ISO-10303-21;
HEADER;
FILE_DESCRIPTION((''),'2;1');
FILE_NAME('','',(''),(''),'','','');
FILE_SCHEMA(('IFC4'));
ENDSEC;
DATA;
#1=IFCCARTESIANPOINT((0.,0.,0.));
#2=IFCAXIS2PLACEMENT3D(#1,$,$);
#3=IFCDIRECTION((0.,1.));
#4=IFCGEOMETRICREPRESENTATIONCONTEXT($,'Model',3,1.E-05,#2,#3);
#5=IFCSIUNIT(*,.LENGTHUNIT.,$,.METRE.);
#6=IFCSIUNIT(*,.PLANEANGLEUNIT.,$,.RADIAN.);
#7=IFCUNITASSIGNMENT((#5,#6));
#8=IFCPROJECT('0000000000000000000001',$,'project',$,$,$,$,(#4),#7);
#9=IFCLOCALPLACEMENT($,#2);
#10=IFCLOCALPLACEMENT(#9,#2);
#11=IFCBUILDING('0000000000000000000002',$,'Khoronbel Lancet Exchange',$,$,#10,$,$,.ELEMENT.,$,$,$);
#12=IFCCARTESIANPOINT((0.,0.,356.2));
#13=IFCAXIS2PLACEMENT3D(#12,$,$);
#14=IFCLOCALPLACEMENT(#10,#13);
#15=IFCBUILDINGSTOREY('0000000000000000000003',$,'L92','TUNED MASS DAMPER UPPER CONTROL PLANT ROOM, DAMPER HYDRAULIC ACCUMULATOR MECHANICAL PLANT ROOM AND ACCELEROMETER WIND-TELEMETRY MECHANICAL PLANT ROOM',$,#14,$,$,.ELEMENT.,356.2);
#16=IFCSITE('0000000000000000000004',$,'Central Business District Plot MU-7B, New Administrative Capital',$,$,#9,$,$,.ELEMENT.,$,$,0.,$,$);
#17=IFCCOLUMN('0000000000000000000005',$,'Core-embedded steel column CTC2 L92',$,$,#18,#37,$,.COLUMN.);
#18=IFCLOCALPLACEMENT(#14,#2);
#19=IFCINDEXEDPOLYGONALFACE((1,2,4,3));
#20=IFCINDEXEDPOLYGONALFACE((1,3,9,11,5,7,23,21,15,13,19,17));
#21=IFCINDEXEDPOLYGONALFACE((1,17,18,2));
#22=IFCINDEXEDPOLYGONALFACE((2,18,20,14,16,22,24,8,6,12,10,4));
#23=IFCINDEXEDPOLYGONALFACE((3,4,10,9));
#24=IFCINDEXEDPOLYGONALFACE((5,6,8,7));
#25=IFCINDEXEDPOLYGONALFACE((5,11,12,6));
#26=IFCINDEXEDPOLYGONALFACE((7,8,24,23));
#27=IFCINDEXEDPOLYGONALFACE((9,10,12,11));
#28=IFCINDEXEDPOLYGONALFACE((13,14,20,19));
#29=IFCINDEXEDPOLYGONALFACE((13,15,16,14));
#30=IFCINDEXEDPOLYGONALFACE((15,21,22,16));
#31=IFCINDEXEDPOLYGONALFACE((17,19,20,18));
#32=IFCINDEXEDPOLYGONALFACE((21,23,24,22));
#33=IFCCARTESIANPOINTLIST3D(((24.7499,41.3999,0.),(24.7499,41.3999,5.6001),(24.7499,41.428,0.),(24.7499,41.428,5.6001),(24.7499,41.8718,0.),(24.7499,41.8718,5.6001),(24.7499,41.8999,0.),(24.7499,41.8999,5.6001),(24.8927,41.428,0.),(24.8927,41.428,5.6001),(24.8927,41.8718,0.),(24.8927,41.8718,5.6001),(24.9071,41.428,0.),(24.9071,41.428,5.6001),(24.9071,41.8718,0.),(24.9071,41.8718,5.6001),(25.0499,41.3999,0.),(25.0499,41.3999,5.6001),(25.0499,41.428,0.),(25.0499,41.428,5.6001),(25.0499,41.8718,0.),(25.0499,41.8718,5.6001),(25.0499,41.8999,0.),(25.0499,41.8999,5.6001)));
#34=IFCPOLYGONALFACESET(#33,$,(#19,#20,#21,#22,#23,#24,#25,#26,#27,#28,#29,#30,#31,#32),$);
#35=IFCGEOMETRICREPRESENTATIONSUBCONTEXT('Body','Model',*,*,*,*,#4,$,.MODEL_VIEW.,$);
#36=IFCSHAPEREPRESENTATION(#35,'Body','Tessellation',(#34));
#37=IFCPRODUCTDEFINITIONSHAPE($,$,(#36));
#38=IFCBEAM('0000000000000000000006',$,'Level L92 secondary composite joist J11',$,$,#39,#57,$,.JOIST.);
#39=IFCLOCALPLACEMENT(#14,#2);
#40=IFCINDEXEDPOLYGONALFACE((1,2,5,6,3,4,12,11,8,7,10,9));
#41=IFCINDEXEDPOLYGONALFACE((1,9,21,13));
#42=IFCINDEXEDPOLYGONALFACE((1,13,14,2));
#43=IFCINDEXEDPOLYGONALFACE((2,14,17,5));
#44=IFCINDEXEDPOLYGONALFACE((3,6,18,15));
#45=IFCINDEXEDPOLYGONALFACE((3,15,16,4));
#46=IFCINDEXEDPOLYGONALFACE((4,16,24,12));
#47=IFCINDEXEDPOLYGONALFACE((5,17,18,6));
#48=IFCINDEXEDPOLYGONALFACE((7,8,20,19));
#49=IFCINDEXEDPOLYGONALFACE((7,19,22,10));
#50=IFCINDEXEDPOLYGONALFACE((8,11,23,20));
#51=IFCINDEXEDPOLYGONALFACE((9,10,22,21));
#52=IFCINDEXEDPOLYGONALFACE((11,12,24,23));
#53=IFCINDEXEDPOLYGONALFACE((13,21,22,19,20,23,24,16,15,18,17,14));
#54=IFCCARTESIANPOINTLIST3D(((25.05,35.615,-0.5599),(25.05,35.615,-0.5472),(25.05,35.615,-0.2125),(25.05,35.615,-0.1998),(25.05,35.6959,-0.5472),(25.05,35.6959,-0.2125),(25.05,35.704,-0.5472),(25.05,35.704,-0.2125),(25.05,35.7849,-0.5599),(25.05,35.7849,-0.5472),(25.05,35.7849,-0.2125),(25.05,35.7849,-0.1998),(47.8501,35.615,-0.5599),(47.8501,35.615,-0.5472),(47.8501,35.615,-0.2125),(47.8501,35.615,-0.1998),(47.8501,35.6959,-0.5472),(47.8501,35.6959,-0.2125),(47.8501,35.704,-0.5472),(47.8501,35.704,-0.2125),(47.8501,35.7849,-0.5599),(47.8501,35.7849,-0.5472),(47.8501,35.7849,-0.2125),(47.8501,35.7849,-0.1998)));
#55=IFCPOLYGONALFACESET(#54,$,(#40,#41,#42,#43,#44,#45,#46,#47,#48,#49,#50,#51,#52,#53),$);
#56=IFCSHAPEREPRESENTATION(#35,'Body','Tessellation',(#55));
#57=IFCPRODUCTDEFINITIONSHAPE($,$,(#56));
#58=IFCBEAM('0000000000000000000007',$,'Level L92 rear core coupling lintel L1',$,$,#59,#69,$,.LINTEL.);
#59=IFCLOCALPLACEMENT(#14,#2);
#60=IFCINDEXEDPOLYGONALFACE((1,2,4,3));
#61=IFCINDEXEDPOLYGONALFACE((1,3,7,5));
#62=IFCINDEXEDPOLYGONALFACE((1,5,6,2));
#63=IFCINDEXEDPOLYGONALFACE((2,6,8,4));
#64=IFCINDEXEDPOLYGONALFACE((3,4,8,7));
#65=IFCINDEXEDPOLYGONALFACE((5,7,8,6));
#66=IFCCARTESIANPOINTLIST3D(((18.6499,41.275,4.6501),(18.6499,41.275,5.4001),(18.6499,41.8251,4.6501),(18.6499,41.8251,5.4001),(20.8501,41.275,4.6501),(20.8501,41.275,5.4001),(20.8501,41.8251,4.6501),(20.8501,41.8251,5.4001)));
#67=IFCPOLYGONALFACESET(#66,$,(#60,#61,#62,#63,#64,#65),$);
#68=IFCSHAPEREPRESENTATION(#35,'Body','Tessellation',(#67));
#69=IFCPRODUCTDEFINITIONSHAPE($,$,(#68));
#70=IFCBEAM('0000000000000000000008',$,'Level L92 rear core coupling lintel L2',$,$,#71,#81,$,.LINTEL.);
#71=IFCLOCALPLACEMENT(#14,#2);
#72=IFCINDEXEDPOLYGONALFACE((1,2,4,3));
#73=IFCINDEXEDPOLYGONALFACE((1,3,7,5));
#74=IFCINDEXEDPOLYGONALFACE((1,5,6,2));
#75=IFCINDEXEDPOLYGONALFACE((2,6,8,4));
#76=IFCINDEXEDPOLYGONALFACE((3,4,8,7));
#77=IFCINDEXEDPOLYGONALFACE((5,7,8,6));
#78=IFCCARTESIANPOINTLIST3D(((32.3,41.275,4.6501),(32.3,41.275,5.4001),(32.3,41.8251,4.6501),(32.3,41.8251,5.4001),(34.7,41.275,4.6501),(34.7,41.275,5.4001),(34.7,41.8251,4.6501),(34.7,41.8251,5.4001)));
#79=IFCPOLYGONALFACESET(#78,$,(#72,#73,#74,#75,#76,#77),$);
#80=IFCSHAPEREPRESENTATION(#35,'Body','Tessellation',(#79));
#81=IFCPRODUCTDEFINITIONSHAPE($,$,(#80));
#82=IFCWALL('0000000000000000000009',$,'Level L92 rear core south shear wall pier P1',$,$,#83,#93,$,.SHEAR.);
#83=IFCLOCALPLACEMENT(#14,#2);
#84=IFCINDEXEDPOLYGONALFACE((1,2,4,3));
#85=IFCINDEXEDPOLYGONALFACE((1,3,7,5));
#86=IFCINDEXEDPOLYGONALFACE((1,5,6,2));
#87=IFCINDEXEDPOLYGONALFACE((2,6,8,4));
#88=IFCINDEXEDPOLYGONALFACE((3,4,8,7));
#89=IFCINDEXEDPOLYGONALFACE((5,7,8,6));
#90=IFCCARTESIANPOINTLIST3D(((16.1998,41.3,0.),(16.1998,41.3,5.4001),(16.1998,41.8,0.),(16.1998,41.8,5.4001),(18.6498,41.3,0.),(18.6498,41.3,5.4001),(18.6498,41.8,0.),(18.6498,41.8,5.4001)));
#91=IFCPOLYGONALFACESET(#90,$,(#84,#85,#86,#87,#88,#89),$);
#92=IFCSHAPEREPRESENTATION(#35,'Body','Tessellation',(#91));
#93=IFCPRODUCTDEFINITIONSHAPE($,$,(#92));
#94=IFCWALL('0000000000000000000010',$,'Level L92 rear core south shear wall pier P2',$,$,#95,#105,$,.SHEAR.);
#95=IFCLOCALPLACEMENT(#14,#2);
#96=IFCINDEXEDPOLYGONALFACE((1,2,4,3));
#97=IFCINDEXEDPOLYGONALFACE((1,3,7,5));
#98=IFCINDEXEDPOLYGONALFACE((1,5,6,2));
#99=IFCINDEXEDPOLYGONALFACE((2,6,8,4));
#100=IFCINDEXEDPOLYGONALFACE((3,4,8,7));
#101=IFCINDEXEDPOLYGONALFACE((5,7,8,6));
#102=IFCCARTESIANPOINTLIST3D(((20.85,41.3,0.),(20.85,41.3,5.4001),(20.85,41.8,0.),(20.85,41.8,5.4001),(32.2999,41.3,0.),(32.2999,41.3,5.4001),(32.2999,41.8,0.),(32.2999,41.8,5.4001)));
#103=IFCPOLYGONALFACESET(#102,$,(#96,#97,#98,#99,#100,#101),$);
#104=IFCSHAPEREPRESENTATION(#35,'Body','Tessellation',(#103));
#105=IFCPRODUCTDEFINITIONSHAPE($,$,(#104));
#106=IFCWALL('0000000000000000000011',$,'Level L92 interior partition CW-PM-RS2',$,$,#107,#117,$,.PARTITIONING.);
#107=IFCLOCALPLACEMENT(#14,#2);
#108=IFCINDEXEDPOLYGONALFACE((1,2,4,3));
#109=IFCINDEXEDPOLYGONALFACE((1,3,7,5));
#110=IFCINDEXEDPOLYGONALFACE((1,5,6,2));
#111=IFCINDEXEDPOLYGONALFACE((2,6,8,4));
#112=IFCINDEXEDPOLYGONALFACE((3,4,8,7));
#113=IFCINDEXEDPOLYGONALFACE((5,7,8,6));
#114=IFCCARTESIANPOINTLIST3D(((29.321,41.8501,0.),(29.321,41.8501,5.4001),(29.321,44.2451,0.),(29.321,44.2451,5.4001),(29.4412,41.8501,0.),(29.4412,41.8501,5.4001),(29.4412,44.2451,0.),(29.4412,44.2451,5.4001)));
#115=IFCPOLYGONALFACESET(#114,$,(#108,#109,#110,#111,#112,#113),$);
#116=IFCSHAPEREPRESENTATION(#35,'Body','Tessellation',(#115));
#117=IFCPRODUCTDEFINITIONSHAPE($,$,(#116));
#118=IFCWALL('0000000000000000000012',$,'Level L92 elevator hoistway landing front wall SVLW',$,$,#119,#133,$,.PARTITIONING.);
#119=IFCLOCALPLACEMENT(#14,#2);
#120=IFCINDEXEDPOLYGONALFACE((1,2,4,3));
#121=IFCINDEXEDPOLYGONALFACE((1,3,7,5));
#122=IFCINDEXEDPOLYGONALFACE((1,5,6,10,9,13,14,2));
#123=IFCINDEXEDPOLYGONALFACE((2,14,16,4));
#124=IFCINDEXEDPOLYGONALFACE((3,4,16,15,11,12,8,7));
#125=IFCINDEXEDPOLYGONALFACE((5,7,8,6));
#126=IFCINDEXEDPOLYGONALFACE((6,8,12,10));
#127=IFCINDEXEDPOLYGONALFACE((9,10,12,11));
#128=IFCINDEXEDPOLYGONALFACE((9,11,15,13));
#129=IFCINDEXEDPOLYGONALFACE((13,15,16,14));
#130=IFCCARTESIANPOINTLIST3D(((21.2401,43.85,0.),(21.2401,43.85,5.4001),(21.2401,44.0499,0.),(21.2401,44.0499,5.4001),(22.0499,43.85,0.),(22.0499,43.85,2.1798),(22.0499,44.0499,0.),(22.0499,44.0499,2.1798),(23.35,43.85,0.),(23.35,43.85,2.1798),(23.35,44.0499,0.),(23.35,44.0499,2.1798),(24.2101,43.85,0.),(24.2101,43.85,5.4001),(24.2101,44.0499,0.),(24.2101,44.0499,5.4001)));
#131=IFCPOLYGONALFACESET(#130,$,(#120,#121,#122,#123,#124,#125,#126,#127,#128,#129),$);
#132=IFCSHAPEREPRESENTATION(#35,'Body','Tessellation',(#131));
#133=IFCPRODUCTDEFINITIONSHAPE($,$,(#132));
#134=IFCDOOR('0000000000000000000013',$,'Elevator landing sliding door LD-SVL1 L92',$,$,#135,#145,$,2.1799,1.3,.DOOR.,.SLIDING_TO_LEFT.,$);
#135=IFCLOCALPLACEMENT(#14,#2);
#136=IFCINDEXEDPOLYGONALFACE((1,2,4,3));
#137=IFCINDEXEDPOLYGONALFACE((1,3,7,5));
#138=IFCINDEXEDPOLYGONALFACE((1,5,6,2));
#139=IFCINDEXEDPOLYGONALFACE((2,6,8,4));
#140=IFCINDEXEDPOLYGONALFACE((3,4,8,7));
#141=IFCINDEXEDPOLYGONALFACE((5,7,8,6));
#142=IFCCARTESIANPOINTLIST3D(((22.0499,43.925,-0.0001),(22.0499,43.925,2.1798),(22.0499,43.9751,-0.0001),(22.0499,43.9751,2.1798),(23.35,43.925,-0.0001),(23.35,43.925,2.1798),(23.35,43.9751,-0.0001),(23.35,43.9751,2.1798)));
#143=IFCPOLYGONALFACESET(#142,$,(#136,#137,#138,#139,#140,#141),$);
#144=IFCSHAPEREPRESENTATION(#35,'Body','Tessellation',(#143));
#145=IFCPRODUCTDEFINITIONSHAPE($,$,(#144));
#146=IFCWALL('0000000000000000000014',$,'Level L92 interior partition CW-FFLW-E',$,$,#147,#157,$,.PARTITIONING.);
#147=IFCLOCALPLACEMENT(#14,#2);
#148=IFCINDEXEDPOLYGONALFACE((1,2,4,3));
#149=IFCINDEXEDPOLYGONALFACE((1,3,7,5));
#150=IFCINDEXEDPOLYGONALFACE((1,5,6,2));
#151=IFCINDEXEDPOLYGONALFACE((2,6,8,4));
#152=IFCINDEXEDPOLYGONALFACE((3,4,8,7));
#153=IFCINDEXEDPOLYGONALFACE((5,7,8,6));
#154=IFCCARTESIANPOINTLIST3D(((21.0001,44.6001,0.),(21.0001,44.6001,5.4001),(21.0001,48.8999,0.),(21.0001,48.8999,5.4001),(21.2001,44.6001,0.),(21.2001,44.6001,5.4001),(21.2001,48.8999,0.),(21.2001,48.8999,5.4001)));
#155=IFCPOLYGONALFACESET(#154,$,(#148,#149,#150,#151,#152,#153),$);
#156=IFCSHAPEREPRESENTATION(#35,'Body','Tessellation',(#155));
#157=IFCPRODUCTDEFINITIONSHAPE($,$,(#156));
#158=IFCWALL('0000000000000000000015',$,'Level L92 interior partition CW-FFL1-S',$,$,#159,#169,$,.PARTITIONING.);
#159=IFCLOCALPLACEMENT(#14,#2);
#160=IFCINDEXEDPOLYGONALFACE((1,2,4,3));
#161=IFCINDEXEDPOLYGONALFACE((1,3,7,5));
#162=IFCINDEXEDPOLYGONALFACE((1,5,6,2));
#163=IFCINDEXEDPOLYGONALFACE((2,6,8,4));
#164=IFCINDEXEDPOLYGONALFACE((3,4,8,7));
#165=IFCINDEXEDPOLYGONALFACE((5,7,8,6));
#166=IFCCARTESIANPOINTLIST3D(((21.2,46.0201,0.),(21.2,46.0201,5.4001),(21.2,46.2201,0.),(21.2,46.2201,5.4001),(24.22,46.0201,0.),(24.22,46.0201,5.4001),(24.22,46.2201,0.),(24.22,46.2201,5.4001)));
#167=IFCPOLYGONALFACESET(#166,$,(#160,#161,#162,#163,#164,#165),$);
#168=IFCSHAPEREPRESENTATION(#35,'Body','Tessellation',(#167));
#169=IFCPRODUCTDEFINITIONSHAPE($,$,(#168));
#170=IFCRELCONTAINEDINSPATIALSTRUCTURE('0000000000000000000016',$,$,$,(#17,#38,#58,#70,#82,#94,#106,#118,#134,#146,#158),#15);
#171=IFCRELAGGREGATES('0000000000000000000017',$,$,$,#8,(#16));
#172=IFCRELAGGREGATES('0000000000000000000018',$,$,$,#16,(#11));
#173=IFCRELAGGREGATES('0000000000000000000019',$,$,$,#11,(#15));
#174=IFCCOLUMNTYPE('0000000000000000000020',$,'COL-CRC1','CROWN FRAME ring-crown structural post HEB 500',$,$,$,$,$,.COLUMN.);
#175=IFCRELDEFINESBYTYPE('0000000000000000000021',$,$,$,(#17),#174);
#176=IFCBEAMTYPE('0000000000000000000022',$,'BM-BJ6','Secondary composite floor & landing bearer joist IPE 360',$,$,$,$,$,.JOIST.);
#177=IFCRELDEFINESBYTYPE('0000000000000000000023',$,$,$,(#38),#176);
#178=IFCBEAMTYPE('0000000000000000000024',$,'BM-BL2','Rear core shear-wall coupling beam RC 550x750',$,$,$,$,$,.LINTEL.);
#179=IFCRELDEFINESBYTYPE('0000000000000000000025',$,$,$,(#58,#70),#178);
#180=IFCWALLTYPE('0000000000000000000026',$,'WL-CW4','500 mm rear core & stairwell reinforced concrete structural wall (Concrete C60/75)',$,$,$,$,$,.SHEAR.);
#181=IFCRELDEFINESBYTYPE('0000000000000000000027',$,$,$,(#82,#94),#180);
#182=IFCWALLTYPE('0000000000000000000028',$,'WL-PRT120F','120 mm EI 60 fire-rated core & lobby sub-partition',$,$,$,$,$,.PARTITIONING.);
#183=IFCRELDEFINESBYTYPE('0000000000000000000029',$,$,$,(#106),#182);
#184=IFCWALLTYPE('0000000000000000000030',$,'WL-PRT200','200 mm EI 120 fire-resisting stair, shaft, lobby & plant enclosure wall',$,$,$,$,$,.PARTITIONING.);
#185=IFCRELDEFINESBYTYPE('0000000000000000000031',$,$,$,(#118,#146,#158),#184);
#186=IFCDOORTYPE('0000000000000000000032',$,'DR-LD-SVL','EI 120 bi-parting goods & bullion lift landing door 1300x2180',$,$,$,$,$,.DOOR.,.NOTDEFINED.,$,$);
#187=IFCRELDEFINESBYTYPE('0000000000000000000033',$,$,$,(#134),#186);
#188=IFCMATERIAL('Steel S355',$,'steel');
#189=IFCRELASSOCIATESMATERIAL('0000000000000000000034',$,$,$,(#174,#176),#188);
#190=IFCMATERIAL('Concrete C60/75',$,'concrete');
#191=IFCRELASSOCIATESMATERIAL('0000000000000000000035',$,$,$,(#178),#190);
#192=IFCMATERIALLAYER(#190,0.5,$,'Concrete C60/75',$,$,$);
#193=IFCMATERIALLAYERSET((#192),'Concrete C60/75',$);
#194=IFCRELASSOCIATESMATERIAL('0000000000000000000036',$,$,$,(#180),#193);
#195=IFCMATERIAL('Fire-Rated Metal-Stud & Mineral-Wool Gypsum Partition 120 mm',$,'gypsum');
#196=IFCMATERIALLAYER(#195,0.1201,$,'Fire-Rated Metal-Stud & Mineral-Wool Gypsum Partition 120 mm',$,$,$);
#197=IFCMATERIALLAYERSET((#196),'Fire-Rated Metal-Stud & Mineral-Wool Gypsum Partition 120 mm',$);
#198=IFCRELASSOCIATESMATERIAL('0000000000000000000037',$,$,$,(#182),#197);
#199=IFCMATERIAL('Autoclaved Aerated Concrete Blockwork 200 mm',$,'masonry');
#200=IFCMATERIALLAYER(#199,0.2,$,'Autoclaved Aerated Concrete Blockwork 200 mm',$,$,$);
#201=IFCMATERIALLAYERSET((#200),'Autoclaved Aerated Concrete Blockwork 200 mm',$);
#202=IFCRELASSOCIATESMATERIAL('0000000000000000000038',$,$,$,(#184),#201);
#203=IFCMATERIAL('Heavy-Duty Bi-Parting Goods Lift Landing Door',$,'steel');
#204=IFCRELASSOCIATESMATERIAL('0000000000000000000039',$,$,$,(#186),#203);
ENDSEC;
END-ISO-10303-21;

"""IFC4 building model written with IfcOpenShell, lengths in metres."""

from ifc_helpers import new_model, si_unit, direction, frame, frame_2d, origin, origin_2d, place, context, subcontext, project, spatial, rectangle, i_section, extrude, material, layer, layer_set, material_profile, profile_set, type_object, element, fill, save


model = new_model("IFC4")

# Units and contexts
model_context = context("Model", 3, precision=1e-05, world=origin(), true_north=direction((0.0, 1.0)))
body_context = subcontext(model_context, "Body", "Model", "MODEL_VIEW")
ifc_project = project(units=[si_unit("LENGTHUNIT", "METRE"), si_unit("PLANEANGLEUNIT", "RADIAN")], contexts=[model_context])

# Site, building, storey
site_placement = place(None, origin())
site = spatial("IfcSite", under=ifc_project, at=site_placement, Name="Central Business District Plot MU-7B, New Administrative Capital", CompositionType="ELEMENT", RefElevation=0.0)
building_placement = place(site_placement, origin())
building = spatial("IfcBuilding", under=site, at=building_placement, Name="Khoronbel Lancet Exchange", CompositionType="ELEMENT")
storey_placement = place(building_placement, frame((0.0, 0.0, 356.2)))
storey = spatial("IfcBuildingStorey", under=building, at=storey_placement, Name="L92", Description="TUNED MASS DAMPER UPPER CONTROL PLANT ROOM, DAMPER HYDRAULIC ACCUMULATOR MECHANICAL PLANT ROOM AND ACCELEROMETER WIND-TELEMETRY MECHANICAL PLANT ROOM", CompositionType="ELEMENT", Elevation=356.2)

# Column
ifc_material_1 = material(Name="Steel S355", Category="steel")
ifc_material_profile_1 = material_profile(ifc_material_1, i_section(OverallWidth=0.3, OverallDepth=0.5, WebThickness=0.0144, FlangeThickness=0.0281, at=origin_2d()), Name="HEB 500")
ifc_profile_set_1 = profile_set([ifc_material_profile_1], Name="Steel S355")
column_type = type_object("IfcColumnType", Name="COL-CRC1", Description="CROWN FRAME ring-crown structural post HEB 500", PredefinedType="COLUMN", material=ifc_profile_set_1)
column_placement = place(storey_placement, frame((24.8999, 41.6499, 0.0), z_axis=(0.0, 0.0, 1.0), x_axis=(1.0, 0.0, 0.0)))
element("IfcColumn", 1, at=column_placement, inside=storey, type_object=column_type, Name="Core-embedded steel column CTC2 L92", PredefinedType="COLUMN", context=body_context, shape_type="SweptSolid", body=[
    extrude(i_section(OverallWidth=0.3, OverallDepth=0.5, WebThickness=0.0144, FlangeThickness=0.0281, at=origin_2d()), origin(), (0.0, 0.0, 1.0), 5.6001),
])

# Beams
ifc_material_profile_2 = material_profile(ifc_material_1, i_section(OverallWidth=0.1699, OverallDepth=0.3601, WebThickness=0.0081, FlangeThickness=0.0127, at=origin_2d()), Name="IPE 360")
ifc_profile_set_2 = profile_set([ifc_material_profile_2], Name="Steel S355")
beam_type_1 = type_object("IfcBeamType", Name="BM-BJ6", Description="Secondary composite floor & landing bearer joist IPE 360", PredefinedType="JOIST", material=ifc_profile_set_2)
beam_1_placement = place(storey_placement, frame((25.05, 35.7, -0.3799), z_axis=(1.0, 0.0, 0.0), x_axis=(0.0, 1.0, 0.0)))
element("IfcBeam", 2, at=beam_1_placement, inside=storey, type_object=beam_type_1, Name="Level L92 secondary composite joist J11", PredefinedType="JOIST", context=body_context, shape_type="SweptSolid", body=[
    extrude(i_section(OverallWidth=0.1699, OverallDepth=0.3601, WebThickness=0.0081, FlangeThickness=0.0127, at=origin_2d()), origin(), (0.0, 0.0, 1.0), 22.8),
])
ifc_material_2 = material(Name="Concrete C60/75", Category="concrete")
ifc_material_profile_3 = material_profile(ifc_material_2, rectangle(XDim=0.55, YDim=0.75, at=origin_2d()), Name="RC 550x750")
ifc_profile_set_3 = profile_set([ifc_material_profile_3], Name="Concrete C60/75")
beam_type_2 = type_object("IfcBeamType", Name="BM-BL2", Description="Rear core shear-wall coupling beam RC 550x750", PredefinedType="LINTEL", material=ifc_profile_set_3)
beam_2_placement = place(storey_placement, frame((18.6499, 41.55, 5.0251), z_axis=(1.0, 0.0, 0.0), x_axis=(0.0, 1.0, 0.0)))
element("IfcBeam", 3, at=beam_2_placement, inside=storey, type_object=beam_type_2, Name="Level L92 rear core coupling lintel L1", PredefinedType="LINTEL", context=body_context, shape_type="SweptSolid", body=[
    extrude(rectangle(XDim=0.55, YDim=0.75, at=origin_2d()), origin(), (0.0, 0.0, 1.0), 2.2002),
])
beam_3_placement = place(storey_placement, frame((32.3, 41.55, 5.0251), z_axis=(1.0, 0.0, 0.0), x_axis=(0.0, 1.0, 0.0)))
element("IfcBeam", 4, at=beam_3_placement, inside=storey, type_object=beam_type_2, Name="Level L92 rear core coupling lintel L2", PredefinedType="LINTEL", context=body_context, shape_type="SweptSolid", body=[
    extrude(rectangle(XDim=0.55, YDim=0.75, at=origin_2d()), origin(), (0.0, 0.0, 1.0), 2.3999),
])

# Walls
ifc_layer_1 = layer(ifc_material_2, 0.5, Name="Concrete C60/75")
ifc_layer_set_1 = layer_set([ifc_layer_1], Name="Concrete C60/75")
wall_type_1 = type_object("IfcWallType", Name="WL-CW4", Description="500 mm rear core & stairwell reinforced concrete structural wall (Concrete C60/75)", PredefinedType="SHEAR", material=ifc_layer_set_1)
wall_1_placement = place(storey_placement, frame((18.6499, 41.55, 0.0), z_axis=(0.0, 0.0, 1.0), x_axis=(-1.0, 0.0, 0.0)))
element("IfcWall", 5, at=wall_1_placement, inside=storey, type_object=wall_type_1, Name="Level L92 rear core south shear wall pier P1", PredefinedType="SHEAR", context=body_context, shape_type="SweptSolid", body=[
    extrude(rectangle(XDim=2.45, YDim=0.5, at=frame_2d((1.2251, 0.0))), origin(), (0.0, 0.0, 1.0), 5.4001),
])
wall_2_placement = place(storey_placement, frame((32.3, 41.55, 0.0), z_axis=(0.0, 0.0, 1.0), x_axis=(-1.0, 0.0, 0.0)))
element("IfcWall", 6, at=wall_2_placement, inside=storey, type_object=wall_type_1, Name="Level L92 rear core south shear wall pier P2", PredefinedType="SHEAR", context=body_context, shape_type="SweptSolid", body=[
    extrude(rectangle(XDim=11.45, YDim=0.5, at=frame_2d((5.7251, 0.0))), origin(), (0.0, 0.0, 1.0), 5.4001),
])
ifc_material_3 = material(Name="Fire-Rated Metal-Stud & Mineral-Wool Gypsum Partition 120 mm", Category="gypsum")
ifc_layer_2 = layer(ifc_material_3, 0.1201, Name="Fire-Rated Metal-Stud & Mineral-Wool Gypsum Partition 120 mm")
ifc_layer_set_2 = layer_set([ifc_layer_2], Name="Fire-Rated Metal-Stud & Mineral-Wool Gypsum Partition 120 mm")
wall_type_2 = type_object("IfcWallType", Name="WL-PRT120F", Description="120 mm EI 60 fire-rated core & lobby sub-partition", PredefinedType="PARTITIONING", material=ifc_layer_set_2)
wall_3_placement = place(storey_placement, frame((29.3811, 41.8501, 0.0), z_axis=(0.0, 0.0, 1.0), x_axis=(0.0, 1.0, 0.0)))
element("IfcWall", 7, at=wall_3_placement, inside=storey, type_object=wall_type_2, Name="Level L92 interior partition CW-PM-RS2", PredefinedType="PARTITIONING", context=body_context, shape_type="SweptSolid", body=[
    extrude(rectangle(XDim=2.395, YDim=0.1201, at=frame_2d((1.1975, 0.0))), origin(), (0.0, 0.0, 1.0), 5.4001),
])

# Wall, opening, door
ifc_material_4 = material(Name="Autoclaved Aerated Concrete Blockwork 200 mm", Category="masonry")
ifc_layer_3 = layer(ifc_material_4, 0.2, Name="Autoclaved Aerated Concrete Blockwork 200 mm")
ifc_layer_set_3 = layer_set([ifc_layer_3], Name="Autoclaved Aerated Concrete Blockwork 200 mm")
wall_type_3 = type_object("IfcWallType", Name="WL-PRT200", Description="200 mm EI 120 fire-resisting stair, shaft, lobby & plant enclosure wall", PredefinedType="PARTITIONING", material=ifc_layer_set_3)
wall_4_placement = place(storey_placement, frame((24.21, 43.95, 0.0), z_axis=(0.0, 0.0, 1.0), x_axis=(-1.0, 0.0, 0.0)))
wall_4 = element("IfcWall", 8, at=wall_4_placement, inside=storey, type_object=wall_type_3, Name="Level L92 elevator hoistway landing front wall SVLW", PredefinedType="PARTITIONING", context=body_context, shape_type="SweptSolid", body=[
    extrude(rectangle(XDim=2.97, YDim=0.2, at=frame_2d((1.4849, 0.0))), origin(), (0.0, 0.0, 1.0), 5.4001),
])
opening_1_placement = place(wall_4_placement, frame((0.8601, 0.0, 0.0)))
opening_1 = element("IfcOpeningElement", 9, at=opening_1_placement, cuts=wall_4, PredefinedType="OPENING", context=body_context, shape_type="SweptSolid", body=[
    extrude(rectangle(XDim=1.3, YDim=2.1799, at=frame_2d((0.6499, 1.0898))), frame((0.0, 0.1099, 0.0), z_axis=(0.0, -1.0, 0.0), x_axis=(1.0, 0.0, 0.0)), (0.0, 0.0, 1.0), 0.22),
])
ifc_material_5 = material(Name="Heavy-Duty Bi-Parting Goods Lift Landing Door", Category="steel")
door_type_1 = type_object("IfcDoorType", Name="DR-LD-SVL", Description="EI 120 bi-parting goods & bullion lift landing door 1300x2180", OperationType="NOTDEFINED", PredefinedType="DOOR", material=ifc_material_5)
door_1_placement = place(opening_1_placement, origin())
door_1 = element("IfcDoor", 10, at=door_1_placement, inside=storey, type_object=door_type_1, Name="Elevator landing sliding door LD-SVL1 L92", OperationType="SLIDING_TO_LEFT", OverallHeight=2.1799, OverallWidth=1.3, PredefinedType="DOOR", context=body_context, shape_type="SweptSolid", body=[
    extrude(rectangle(XDim=1.3, YDim=2.1799, at=frame_2d((0.6499, 1.0898))), frame((0.0, 0.0249, 0.0), z_axis=(0.0, -1.0, 0.0), x_axis=(1.0, 0.0, 0.0)), (0.0, 0.0, 1.0), 0.05),
])
fill(opening_1, door_1)

# Walls
wall_5_placement = place(storey_placement, frame((21.1001, 44.6001, 0.0), z_axis=(0.0, 0.0, 1.0), x_axis=(0.0, 1.0, 0.0)))
element("IfcWall", 11, at=wall_5_placement, inside=storey, type_object=wall_type_3, Name="Level L92 interior partition CW-FFLW-E", PredefinedType="PARTITIONING", context=body_context, shape_type="SweptSolid", body=[
    extrude(rectangle(XDim=4.2998, YDim=0.2, at=frame_2d((2.1499, 0.0))), origin(), (0.0, 0.0, 1.0), 5.4001),
])
wall_6_placement = place(storey_placement, frame((21.2, 46.1201, 0.0), z_axis=(0.0, 0.0, 1.0), x_axis=(1.0, 0.0, 0.0)))
element("IfcWall", 12, at=wall_6_placement, inside=storey, type_object=wall_type_3, Name="Level L92 interior partition CW-FFL1-S", PredefinedType="PARTITIONING", context=body_context, shape_type="SweptSolid", body=[
    extrude(rectangle(XDim=3.02, YDim=0.2, at=frame_2d((1.51, 0.0))), origin(), (0.0, 0.0, 1.0), 5.4001),
])

save(model, "model.ifc")
